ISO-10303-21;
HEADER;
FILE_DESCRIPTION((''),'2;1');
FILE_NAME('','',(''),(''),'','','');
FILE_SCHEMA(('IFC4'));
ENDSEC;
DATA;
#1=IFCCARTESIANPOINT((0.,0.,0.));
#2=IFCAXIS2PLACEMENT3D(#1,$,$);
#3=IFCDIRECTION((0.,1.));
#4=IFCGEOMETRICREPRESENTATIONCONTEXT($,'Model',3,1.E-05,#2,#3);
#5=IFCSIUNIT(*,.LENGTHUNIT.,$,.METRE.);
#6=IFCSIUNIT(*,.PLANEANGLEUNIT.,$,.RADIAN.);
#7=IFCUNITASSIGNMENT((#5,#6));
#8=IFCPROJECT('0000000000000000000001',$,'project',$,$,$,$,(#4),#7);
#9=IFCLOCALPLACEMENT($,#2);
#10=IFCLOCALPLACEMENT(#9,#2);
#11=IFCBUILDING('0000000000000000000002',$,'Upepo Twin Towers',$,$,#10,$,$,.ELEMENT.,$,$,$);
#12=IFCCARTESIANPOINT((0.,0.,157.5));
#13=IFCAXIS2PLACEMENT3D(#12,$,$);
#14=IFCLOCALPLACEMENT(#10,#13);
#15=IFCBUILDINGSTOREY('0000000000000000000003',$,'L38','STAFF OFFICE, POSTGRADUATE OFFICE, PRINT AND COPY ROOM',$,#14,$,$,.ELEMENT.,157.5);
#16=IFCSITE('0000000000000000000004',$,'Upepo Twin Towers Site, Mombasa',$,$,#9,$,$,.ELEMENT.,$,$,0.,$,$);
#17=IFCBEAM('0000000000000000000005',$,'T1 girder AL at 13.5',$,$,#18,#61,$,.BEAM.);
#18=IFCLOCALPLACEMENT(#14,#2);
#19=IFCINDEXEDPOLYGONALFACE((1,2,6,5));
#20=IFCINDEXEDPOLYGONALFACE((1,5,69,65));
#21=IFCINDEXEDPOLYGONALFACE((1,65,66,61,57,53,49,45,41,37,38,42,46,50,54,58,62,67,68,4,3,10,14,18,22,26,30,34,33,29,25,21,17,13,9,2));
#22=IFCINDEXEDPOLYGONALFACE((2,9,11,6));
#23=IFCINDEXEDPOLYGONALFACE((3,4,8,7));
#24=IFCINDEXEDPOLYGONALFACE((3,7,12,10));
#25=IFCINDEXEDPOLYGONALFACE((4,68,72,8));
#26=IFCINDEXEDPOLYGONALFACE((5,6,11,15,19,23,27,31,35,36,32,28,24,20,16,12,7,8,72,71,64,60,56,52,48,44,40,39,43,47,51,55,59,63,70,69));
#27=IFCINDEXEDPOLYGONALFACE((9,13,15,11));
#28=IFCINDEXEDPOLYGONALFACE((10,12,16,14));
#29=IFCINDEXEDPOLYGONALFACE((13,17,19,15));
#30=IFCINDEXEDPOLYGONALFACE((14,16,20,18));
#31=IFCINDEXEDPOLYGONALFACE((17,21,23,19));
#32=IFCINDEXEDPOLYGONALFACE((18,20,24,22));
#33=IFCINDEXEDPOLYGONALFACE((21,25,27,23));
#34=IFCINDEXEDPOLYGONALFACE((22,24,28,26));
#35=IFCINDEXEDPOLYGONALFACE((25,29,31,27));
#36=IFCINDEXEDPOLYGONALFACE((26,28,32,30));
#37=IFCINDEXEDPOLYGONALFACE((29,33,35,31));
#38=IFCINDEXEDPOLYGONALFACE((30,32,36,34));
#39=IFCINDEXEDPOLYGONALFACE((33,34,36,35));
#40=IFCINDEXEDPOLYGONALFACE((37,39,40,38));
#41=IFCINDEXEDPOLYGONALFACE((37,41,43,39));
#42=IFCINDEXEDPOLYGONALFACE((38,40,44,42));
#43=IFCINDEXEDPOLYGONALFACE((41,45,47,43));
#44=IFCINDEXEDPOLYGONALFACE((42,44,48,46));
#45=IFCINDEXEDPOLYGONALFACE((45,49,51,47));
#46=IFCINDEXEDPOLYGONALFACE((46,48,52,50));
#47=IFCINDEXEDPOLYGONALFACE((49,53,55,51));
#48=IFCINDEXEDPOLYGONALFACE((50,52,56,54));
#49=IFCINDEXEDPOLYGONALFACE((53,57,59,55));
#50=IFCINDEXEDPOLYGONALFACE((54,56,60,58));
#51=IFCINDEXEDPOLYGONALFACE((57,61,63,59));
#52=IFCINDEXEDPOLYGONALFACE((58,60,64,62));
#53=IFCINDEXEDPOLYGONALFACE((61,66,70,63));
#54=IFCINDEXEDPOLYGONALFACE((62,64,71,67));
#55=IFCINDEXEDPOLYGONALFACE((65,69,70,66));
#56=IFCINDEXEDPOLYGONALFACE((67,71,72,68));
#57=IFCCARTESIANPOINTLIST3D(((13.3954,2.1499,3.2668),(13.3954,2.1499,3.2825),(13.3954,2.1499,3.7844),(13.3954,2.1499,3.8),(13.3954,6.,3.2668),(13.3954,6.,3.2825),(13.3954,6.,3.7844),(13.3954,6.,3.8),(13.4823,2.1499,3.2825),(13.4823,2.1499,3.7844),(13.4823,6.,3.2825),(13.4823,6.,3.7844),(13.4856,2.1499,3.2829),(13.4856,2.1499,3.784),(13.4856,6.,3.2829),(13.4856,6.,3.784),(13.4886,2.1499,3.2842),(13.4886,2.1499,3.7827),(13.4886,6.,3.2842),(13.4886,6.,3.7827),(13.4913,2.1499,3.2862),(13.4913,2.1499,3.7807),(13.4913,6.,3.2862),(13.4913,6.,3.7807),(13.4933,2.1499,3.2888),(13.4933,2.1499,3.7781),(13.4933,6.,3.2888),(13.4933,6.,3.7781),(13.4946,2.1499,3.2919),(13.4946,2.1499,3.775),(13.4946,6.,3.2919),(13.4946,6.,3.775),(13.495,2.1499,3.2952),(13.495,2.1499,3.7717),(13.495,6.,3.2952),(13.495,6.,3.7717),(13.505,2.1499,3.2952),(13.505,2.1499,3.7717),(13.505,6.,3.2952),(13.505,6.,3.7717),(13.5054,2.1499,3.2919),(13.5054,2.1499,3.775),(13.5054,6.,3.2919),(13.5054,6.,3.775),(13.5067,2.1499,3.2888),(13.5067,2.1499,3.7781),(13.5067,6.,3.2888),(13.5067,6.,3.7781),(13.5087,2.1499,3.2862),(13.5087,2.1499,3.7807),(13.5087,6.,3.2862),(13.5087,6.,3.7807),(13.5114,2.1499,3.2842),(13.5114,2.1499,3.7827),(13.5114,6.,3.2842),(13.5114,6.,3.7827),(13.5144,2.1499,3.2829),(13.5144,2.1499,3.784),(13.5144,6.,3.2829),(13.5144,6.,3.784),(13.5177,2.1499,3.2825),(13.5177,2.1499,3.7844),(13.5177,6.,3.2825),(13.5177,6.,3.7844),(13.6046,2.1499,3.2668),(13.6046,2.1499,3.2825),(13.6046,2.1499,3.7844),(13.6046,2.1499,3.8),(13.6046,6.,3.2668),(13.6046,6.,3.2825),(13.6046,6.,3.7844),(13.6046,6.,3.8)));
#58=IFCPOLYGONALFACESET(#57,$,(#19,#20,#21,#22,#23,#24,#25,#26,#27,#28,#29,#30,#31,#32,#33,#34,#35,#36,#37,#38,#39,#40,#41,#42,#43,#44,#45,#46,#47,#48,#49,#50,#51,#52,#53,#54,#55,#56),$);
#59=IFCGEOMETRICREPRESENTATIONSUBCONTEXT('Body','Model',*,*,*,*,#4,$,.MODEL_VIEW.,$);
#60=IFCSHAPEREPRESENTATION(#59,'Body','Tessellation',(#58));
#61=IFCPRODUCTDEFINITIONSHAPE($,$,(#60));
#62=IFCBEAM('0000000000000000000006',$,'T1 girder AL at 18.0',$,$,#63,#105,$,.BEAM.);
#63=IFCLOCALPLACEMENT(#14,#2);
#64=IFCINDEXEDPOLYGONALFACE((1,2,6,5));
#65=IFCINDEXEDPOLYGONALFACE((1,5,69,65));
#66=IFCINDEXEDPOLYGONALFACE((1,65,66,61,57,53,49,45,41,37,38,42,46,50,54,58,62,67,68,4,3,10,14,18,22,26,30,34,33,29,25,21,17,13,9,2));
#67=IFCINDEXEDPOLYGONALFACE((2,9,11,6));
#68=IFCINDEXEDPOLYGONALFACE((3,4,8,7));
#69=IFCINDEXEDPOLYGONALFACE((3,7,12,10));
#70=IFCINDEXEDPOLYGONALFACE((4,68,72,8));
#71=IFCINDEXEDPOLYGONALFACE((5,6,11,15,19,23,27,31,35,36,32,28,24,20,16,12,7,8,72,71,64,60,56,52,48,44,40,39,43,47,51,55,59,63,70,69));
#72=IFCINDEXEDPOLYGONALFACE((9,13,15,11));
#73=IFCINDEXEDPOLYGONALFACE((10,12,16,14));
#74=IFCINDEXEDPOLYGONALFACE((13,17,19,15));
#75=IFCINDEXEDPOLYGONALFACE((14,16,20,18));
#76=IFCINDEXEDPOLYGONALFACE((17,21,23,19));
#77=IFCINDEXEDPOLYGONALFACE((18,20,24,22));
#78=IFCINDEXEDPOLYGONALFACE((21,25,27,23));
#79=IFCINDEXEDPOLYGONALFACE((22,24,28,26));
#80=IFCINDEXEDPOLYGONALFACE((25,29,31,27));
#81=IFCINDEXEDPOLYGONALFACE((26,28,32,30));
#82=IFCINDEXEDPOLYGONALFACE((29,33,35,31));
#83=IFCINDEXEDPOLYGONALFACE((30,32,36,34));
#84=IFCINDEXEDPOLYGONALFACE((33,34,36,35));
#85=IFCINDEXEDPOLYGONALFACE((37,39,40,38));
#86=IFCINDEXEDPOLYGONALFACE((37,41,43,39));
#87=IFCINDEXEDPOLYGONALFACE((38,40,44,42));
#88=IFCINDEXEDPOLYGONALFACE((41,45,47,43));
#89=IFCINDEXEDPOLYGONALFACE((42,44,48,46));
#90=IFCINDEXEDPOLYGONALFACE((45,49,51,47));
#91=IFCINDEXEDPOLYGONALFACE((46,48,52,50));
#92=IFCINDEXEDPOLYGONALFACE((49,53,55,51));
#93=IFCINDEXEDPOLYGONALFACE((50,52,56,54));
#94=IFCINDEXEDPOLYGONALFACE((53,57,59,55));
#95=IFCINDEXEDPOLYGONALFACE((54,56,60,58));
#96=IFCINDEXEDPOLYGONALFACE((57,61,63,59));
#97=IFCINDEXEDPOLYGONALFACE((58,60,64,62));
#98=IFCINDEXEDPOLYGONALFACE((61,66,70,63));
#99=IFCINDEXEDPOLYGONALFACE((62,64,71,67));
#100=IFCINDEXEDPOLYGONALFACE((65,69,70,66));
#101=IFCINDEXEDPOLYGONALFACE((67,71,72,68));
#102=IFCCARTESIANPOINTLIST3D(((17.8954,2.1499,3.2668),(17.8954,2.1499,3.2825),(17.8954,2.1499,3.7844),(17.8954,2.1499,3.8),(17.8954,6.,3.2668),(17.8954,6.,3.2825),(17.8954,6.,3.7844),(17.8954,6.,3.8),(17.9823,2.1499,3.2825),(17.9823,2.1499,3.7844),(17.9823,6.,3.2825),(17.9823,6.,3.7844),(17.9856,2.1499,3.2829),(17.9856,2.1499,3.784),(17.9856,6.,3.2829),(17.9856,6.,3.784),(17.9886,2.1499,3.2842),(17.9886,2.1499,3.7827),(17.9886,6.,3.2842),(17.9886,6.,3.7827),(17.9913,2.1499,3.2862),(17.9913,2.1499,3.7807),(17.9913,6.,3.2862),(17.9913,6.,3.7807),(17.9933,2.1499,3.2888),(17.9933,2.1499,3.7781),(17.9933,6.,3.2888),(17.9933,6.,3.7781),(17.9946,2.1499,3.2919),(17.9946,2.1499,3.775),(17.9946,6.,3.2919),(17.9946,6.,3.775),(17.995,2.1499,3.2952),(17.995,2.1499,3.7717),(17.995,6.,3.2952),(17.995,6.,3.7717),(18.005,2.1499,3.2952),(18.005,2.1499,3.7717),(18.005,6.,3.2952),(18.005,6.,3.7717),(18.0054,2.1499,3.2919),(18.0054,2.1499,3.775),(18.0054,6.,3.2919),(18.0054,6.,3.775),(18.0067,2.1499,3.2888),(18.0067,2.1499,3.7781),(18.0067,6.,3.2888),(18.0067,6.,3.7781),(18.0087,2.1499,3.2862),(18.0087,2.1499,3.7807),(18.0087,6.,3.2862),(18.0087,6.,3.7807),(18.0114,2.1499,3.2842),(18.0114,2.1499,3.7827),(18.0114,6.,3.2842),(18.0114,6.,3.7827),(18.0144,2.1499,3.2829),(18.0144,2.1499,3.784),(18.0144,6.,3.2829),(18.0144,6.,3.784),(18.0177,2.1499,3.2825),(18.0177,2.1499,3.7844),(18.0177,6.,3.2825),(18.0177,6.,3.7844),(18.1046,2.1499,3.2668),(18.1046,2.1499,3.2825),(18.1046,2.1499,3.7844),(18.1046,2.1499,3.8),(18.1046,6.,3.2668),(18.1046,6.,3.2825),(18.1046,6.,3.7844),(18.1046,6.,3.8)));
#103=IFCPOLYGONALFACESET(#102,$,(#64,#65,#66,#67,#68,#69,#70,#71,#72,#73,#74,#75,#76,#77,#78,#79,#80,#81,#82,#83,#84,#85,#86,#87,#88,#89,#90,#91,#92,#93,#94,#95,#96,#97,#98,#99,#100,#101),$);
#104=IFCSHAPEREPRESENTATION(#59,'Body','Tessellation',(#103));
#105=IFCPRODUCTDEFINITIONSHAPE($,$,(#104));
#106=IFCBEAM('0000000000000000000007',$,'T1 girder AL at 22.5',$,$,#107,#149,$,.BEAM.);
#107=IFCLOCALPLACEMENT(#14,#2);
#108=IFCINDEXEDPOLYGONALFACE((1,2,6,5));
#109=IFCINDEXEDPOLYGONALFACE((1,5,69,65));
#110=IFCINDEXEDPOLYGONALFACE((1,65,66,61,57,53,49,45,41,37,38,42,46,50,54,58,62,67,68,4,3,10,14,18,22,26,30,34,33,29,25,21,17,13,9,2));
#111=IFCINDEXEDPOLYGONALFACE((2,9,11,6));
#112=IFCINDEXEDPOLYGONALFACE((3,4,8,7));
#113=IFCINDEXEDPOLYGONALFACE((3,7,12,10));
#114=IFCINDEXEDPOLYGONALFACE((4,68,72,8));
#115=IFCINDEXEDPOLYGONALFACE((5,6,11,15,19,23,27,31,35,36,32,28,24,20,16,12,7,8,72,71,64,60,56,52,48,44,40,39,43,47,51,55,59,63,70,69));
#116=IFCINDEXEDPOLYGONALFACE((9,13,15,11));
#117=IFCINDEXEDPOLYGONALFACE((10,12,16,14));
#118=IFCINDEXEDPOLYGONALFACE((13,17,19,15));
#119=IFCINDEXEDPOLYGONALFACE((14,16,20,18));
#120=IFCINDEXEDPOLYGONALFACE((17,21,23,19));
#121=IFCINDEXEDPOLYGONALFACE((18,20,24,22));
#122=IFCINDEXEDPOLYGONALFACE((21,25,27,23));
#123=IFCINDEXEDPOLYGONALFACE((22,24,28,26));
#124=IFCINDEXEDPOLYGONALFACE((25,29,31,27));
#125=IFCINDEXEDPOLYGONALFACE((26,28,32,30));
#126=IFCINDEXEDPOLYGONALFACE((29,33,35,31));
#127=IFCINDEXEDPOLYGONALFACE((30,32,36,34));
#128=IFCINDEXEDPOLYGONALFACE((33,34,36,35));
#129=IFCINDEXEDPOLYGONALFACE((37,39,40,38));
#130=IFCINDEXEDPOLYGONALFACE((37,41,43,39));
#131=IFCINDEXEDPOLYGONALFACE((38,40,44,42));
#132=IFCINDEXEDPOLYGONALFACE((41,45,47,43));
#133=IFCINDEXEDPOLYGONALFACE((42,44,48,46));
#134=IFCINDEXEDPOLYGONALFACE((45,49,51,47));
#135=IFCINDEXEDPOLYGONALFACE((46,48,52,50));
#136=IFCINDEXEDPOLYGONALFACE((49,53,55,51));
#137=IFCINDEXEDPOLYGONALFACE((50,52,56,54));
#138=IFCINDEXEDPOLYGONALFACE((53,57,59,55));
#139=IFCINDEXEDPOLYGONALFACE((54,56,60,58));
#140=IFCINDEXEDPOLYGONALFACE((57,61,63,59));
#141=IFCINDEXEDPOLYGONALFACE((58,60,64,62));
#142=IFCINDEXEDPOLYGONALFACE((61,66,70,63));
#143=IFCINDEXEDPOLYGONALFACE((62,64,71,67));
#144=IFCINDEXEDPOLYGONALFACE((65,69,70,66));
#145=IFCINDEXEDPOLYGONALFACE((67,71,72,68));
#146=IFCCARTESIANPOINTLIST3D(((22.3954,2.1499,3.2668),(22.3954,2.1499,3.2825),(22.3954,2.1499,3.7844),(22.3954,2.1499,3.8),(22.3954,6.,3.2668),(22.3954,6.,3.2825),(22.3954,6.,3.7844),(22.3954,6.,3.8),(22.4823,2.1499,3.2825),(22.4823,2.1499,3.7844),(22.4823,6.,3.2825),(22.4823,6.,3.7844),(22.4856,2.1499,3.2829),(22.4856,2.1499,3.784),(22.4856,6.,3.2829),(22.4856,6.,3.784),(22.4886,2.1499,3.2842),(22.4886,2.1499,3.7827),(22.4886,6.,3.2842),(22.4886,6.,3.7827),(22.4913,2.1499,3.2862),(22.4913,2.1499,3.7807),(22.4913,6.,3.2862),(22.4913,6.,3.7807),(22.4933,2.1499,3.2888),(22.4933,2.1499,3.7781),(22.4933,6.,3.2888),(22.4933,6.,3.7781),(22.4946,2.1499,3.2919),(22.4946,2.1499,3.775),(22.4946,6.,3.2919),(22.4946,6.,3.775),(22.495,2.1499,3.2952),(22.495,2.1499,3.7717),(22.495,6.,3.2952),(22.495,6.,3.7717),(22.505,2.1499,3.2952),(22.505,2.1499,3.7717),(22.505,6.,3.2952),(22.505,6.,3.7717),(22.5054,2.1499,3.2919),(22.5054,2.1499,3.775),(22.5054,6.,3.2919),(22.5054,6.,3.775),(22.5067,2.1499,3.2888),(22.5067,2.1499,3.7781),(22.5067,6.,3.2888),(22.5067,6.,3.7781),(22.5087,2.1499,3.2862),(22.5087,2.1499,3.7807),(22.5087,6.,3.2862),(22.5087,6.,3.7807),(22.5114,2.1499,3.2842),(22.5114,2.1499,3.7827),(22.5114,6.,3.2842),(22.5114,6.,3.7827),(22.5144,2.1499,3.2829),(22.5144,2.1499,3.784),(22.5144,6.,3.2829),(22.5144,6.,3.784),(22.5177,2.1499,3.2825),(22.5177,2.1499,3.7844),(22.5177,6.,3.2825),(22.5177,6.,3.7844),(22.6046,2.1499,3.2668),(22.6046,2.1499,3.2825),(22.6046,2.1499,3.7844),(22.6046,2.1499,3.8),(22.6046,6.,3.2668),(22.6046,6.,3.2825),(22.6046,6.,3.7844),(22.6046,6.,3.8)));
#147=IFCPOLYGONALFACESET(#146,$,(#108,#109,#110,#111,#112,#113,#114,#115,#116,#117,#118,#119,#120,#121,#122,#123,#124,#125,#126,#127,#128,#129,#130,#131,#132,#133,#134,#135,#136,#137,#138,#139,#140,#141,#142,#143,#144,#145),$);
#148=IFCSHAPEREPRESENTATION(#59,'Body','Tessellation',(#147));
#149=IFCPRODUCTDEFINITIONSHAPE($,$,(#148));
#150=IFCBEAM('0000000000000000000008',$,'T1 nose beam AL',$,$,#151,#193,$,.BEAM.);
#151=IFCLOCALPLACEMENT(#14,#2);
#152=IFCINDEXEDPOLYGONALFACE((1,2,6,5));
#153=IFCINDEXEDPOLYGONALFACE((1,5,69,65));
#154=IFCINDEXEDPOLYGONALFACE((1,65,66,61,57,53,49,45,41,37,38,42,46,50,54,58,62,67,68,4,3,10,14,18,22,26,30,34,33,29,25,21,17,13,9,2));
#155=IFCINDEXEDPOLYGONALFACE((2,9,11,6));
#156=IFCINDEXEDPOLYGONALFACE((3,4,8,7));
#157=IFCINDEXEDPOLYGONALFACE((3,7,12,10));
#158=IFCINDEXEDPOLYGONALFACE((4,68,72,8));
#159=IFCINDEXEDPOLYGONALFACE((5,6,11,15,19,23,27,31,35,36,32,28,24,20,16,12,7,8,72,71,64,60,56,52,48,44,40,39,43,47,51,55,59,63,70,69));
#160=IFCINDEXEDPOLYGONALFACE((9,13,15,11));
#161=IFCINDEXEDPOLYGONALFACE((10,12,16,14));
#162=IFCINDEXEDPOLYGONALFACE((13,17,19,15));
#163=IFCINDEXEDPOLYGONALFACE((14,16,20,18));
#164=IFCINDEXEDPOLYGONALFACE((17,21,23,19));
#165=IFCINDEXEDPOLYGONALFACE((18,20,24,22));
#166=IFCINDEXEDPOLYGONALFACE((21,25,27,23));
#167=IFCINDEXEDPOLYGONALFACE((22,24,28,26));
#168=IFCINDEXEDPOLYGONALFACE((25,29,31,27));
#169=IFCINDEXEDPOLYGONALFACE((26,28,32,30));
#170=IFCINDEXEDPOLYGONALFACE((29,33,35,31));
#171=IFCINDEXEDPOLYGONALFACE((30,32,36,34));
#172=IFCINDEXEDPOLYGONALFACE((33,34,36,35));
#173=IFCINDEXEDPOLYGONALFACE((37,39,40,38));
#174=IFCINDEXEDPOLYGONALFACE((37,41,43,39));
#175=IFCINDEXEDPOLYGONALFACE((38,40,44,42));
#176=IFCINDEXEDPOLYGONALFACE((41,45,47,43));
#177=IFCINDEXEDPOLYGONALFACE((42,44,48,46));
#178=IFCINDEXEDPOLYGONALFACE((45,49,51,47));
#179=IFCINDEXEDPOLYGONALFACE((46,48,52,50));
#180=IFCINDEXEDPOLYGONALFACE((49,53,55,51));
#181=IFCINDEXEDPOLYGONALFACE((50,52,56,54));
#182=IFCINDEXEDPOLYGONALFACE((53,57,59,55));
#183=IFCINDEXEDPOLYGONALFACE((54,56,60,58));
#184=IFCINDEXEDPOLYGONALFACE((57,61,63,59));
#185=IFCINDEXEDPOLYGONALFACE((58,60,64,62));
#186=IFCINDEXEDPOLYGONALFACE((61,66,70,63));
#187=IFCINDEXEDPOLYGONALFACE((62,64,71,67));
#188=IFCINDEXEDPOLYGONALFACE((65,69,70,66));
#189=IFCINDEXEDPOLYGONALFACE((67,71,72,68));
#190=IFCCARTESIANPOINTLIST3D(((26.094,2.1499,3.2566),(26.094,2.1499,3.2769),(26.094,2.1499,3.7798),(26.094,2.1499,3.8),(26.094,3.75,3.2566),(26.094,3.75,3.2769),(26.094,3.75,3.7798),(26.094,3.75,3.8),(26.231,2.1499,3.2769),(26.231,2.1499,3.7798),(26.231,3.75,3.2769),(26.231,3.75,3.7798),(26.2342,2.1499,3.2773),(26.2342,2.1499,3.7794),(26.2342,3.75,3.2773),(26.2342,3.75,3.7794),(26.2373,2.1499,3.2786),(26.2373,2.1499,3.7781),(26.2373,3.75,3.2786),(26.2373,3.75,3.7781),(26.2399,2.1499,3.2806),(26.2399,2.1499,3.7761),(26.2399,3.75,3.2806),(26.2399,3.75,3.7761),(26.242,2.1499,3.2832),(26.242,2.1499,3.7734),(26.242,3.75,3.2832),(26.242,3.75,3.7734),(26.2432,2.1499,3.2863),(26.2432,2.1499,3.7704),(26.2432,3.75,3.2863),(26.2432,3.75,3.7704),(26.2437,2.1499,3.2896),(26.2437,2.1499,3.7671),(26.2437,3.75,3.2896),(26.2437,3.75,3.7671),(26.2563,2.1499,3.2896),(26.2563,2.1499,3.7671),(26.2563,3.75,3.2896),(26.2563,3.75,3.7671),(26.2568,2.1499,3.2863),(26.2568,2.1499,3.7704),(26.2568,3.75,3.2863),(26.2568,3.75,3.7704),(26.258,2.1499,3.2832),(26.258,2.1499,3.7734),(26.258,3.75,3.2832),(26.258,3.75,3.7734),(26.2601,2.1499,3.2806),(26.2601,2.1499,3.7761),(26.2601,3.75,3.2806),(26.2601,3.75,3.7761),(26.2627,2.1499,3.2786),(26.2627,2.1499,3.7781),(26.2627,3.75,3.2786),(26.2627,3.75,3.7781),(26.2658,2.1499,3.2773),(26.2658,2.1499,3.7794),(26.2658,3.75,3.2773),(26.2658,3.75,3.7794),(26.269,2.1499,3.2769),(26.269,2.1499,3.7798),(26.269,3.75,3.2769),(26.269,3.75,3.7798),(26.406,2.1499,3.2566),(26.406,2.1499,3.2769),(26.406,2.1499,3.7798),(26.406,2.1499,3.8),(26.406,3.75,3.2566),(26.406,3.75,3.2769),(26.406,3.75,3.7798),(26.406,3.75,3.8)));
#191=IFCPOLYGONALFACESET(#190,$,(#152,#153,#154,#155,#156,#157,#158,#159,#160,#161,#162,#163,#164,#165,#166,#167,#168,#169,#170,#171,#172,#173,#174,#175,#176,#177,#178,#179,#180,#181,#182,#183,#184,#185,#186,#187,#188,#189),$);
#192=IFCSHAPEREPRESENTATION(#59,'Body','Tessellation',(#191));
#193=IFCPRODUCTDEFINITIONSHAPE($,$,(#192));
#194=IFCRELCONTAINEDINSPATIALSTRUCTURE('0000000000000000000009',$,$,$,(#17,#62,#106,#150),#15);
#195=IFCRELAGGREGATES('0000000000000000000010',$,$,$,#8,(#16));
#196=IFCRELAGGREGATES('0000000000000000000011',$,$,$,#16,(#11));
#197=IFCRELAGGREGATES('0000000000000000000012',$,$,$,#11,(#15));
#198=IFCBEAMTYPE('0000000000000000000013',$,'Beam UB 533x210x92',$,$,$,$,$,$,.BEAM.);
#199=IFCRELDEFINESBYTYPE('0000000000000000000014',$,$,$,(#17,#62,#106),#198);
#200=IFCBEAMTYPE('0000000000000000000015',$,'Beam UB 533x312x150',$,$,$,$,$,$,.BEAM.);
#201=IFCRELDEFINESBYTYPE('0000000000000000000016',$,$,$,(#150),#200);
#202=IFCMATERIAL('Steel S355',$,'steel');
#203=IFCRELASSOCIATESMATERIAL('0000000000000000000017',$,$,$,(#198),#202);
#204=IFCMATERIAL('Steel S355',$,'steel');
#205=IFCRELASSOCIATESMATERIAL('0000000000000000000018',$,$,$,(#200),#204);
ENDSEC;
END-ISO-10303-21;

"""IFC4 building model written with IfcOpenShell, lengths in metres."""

from ifc_helpers import new_model, si_unit, direction, frame, origin, origin_2d, place, context, subcontext, project, spatial, i_section, extrude, material, material_profile, profile_set, type_object, element, save


model = new_model("IFC4")

# Units and contexts
model_context = context("Model", 3, precision=1e-05, world=origin(), true_north=direction((0.0, 1.0)))
body_context = subcontext(model_context, "Body", "Model", "MODEL_VIEW")
ifc_project = project(units=[si_unit("LENGTHUNIT", "METRE"), si_unit("PLANEANGLEUNIT", "RADIAN")], contexts=[model_context])

# Site, building, storey
site_placement = place(None, origin())
site = spatial("IfcSite", under=ifc_project, at=site_placement, Name="Upepo Twin Towers Site, Mombasa", CompositionType="ELEMENT", RefElevation=0.0)
building_placement = place(site_placement, origin())
building = spatial("IfcBuilding", under=site, at=building_placement, Name="Upepo Twin Towers", CompositionType="ELEMENT")
storey_placement = place(building_placement, frame((0.0, 0.0, 157.5)))
storey = spatial("IfcBuildingStorey", under=building, at=storey_placement, Name="L38", Description="STAFF OFFICE, POSTGRADUATE OFFICE, PRINT AND COPY ROOM", CompositionType="ELEMENT", Elevation=157.5)

# Beams
ifc_material_1 = material(Name="Steel S355", Category="steel")
ifc_material_profile_1 = material_profile(ifc_material_1, i_section(OverallWidth=0.2092, OverallDepth=0.5332, WebThickness=0.01, FlangeThickness=0.0156, FilletRadius=0.0127, at=origin_2d()), Name="UB 533x210x92")
ifc_profile_set_1 = profile_set([ifc_material_profile_1], Name="Steel S355")
beam_type_1 = type_object("IfcBeamType", Name="Beam UB 533x210x92", PredefinedType="BEAM", material=ifc_profile_set_1)
for number, where, z_axis, x_axis, name in (
    (1, (13.5, 6.0, 3.5334), (0.0, -1.0, 0.0), (1.0, 0.0, 0.0), "T1 girder AL at 13.5"),
    (2, (18.0, 6.0, 3.5334), (0.0, -1.0, 0.0), (1.0, 0.0, 0.0), "T1 girder AL at 18.0"),
    (3, (22.5, 6.0, 3.5334), (0.0, -1.0, 0.0), (1.0, 0.0, 0.0), "T1 girder AL at 22.5"),
):
    element("IfcBeam", number, at=place(storey_placement, frame(where, z_axis=z_axis, x_axis=x_axis)), inside=storey, type_object=beam_type_1, Name=name, PredefinedType="BEAM", context=body_context, shape_type="SweptSolid", body=[
        extrude(i_section(OverallWidth=0.2092, OverallDepth=0.5332, WebThickness=0.01, FlangeThickness=0.0156, FilletRadius=0.0127, at=origin_2d()), origin(), (0.0, 0.0, 1.0), 3.8501),
    ])
ifc_material_2 = material(Name="Steel S355", Category="steel")
ifc_material_profile_2 = material_profile(ifc_material_2, i_section(OverallWidth=0.312, OverallDepth=0.5435, WebThickness=0.0127, FlangeThickness=0.0203, FilletRadius=0.0127, at=origin_2d()), Name="UB 533x312x150")
ifc_profile_set_2 = profile_set([ifc_material_profile_2], Name="Steel S355")
beam_type_2 = type_object("IfcBeamType", Name="Beam UB 533x312x150", PredefinedType="BEAM", material=ifc_profile_set_2)
beam_1_placement = place(storey_placement, frame((26.25, 3.75, 3.5283), z_axis=(0.0, -1.0, 0.0), x_axis=(1.0, 0.0, 0.0)))
element("IfcBeam", 4, at=beam_1_placement, inside=storey, type_object=beam_type_2, Name="T1 nose beam AL", PredefinedType="BEAM", context=body_context, shape_type="SweptSolid", body=[
    extrude(i_section(OverallWidth=0.312, OverallDepth=0.5435, WebThickness=0.0127, FlangeThickness=0.0203, FilletRadius=0.0127, at=origin_2d()), origin(), (0.0, 0.0, 1.0), 1.6001),
])

save(model, "model.ifc")
